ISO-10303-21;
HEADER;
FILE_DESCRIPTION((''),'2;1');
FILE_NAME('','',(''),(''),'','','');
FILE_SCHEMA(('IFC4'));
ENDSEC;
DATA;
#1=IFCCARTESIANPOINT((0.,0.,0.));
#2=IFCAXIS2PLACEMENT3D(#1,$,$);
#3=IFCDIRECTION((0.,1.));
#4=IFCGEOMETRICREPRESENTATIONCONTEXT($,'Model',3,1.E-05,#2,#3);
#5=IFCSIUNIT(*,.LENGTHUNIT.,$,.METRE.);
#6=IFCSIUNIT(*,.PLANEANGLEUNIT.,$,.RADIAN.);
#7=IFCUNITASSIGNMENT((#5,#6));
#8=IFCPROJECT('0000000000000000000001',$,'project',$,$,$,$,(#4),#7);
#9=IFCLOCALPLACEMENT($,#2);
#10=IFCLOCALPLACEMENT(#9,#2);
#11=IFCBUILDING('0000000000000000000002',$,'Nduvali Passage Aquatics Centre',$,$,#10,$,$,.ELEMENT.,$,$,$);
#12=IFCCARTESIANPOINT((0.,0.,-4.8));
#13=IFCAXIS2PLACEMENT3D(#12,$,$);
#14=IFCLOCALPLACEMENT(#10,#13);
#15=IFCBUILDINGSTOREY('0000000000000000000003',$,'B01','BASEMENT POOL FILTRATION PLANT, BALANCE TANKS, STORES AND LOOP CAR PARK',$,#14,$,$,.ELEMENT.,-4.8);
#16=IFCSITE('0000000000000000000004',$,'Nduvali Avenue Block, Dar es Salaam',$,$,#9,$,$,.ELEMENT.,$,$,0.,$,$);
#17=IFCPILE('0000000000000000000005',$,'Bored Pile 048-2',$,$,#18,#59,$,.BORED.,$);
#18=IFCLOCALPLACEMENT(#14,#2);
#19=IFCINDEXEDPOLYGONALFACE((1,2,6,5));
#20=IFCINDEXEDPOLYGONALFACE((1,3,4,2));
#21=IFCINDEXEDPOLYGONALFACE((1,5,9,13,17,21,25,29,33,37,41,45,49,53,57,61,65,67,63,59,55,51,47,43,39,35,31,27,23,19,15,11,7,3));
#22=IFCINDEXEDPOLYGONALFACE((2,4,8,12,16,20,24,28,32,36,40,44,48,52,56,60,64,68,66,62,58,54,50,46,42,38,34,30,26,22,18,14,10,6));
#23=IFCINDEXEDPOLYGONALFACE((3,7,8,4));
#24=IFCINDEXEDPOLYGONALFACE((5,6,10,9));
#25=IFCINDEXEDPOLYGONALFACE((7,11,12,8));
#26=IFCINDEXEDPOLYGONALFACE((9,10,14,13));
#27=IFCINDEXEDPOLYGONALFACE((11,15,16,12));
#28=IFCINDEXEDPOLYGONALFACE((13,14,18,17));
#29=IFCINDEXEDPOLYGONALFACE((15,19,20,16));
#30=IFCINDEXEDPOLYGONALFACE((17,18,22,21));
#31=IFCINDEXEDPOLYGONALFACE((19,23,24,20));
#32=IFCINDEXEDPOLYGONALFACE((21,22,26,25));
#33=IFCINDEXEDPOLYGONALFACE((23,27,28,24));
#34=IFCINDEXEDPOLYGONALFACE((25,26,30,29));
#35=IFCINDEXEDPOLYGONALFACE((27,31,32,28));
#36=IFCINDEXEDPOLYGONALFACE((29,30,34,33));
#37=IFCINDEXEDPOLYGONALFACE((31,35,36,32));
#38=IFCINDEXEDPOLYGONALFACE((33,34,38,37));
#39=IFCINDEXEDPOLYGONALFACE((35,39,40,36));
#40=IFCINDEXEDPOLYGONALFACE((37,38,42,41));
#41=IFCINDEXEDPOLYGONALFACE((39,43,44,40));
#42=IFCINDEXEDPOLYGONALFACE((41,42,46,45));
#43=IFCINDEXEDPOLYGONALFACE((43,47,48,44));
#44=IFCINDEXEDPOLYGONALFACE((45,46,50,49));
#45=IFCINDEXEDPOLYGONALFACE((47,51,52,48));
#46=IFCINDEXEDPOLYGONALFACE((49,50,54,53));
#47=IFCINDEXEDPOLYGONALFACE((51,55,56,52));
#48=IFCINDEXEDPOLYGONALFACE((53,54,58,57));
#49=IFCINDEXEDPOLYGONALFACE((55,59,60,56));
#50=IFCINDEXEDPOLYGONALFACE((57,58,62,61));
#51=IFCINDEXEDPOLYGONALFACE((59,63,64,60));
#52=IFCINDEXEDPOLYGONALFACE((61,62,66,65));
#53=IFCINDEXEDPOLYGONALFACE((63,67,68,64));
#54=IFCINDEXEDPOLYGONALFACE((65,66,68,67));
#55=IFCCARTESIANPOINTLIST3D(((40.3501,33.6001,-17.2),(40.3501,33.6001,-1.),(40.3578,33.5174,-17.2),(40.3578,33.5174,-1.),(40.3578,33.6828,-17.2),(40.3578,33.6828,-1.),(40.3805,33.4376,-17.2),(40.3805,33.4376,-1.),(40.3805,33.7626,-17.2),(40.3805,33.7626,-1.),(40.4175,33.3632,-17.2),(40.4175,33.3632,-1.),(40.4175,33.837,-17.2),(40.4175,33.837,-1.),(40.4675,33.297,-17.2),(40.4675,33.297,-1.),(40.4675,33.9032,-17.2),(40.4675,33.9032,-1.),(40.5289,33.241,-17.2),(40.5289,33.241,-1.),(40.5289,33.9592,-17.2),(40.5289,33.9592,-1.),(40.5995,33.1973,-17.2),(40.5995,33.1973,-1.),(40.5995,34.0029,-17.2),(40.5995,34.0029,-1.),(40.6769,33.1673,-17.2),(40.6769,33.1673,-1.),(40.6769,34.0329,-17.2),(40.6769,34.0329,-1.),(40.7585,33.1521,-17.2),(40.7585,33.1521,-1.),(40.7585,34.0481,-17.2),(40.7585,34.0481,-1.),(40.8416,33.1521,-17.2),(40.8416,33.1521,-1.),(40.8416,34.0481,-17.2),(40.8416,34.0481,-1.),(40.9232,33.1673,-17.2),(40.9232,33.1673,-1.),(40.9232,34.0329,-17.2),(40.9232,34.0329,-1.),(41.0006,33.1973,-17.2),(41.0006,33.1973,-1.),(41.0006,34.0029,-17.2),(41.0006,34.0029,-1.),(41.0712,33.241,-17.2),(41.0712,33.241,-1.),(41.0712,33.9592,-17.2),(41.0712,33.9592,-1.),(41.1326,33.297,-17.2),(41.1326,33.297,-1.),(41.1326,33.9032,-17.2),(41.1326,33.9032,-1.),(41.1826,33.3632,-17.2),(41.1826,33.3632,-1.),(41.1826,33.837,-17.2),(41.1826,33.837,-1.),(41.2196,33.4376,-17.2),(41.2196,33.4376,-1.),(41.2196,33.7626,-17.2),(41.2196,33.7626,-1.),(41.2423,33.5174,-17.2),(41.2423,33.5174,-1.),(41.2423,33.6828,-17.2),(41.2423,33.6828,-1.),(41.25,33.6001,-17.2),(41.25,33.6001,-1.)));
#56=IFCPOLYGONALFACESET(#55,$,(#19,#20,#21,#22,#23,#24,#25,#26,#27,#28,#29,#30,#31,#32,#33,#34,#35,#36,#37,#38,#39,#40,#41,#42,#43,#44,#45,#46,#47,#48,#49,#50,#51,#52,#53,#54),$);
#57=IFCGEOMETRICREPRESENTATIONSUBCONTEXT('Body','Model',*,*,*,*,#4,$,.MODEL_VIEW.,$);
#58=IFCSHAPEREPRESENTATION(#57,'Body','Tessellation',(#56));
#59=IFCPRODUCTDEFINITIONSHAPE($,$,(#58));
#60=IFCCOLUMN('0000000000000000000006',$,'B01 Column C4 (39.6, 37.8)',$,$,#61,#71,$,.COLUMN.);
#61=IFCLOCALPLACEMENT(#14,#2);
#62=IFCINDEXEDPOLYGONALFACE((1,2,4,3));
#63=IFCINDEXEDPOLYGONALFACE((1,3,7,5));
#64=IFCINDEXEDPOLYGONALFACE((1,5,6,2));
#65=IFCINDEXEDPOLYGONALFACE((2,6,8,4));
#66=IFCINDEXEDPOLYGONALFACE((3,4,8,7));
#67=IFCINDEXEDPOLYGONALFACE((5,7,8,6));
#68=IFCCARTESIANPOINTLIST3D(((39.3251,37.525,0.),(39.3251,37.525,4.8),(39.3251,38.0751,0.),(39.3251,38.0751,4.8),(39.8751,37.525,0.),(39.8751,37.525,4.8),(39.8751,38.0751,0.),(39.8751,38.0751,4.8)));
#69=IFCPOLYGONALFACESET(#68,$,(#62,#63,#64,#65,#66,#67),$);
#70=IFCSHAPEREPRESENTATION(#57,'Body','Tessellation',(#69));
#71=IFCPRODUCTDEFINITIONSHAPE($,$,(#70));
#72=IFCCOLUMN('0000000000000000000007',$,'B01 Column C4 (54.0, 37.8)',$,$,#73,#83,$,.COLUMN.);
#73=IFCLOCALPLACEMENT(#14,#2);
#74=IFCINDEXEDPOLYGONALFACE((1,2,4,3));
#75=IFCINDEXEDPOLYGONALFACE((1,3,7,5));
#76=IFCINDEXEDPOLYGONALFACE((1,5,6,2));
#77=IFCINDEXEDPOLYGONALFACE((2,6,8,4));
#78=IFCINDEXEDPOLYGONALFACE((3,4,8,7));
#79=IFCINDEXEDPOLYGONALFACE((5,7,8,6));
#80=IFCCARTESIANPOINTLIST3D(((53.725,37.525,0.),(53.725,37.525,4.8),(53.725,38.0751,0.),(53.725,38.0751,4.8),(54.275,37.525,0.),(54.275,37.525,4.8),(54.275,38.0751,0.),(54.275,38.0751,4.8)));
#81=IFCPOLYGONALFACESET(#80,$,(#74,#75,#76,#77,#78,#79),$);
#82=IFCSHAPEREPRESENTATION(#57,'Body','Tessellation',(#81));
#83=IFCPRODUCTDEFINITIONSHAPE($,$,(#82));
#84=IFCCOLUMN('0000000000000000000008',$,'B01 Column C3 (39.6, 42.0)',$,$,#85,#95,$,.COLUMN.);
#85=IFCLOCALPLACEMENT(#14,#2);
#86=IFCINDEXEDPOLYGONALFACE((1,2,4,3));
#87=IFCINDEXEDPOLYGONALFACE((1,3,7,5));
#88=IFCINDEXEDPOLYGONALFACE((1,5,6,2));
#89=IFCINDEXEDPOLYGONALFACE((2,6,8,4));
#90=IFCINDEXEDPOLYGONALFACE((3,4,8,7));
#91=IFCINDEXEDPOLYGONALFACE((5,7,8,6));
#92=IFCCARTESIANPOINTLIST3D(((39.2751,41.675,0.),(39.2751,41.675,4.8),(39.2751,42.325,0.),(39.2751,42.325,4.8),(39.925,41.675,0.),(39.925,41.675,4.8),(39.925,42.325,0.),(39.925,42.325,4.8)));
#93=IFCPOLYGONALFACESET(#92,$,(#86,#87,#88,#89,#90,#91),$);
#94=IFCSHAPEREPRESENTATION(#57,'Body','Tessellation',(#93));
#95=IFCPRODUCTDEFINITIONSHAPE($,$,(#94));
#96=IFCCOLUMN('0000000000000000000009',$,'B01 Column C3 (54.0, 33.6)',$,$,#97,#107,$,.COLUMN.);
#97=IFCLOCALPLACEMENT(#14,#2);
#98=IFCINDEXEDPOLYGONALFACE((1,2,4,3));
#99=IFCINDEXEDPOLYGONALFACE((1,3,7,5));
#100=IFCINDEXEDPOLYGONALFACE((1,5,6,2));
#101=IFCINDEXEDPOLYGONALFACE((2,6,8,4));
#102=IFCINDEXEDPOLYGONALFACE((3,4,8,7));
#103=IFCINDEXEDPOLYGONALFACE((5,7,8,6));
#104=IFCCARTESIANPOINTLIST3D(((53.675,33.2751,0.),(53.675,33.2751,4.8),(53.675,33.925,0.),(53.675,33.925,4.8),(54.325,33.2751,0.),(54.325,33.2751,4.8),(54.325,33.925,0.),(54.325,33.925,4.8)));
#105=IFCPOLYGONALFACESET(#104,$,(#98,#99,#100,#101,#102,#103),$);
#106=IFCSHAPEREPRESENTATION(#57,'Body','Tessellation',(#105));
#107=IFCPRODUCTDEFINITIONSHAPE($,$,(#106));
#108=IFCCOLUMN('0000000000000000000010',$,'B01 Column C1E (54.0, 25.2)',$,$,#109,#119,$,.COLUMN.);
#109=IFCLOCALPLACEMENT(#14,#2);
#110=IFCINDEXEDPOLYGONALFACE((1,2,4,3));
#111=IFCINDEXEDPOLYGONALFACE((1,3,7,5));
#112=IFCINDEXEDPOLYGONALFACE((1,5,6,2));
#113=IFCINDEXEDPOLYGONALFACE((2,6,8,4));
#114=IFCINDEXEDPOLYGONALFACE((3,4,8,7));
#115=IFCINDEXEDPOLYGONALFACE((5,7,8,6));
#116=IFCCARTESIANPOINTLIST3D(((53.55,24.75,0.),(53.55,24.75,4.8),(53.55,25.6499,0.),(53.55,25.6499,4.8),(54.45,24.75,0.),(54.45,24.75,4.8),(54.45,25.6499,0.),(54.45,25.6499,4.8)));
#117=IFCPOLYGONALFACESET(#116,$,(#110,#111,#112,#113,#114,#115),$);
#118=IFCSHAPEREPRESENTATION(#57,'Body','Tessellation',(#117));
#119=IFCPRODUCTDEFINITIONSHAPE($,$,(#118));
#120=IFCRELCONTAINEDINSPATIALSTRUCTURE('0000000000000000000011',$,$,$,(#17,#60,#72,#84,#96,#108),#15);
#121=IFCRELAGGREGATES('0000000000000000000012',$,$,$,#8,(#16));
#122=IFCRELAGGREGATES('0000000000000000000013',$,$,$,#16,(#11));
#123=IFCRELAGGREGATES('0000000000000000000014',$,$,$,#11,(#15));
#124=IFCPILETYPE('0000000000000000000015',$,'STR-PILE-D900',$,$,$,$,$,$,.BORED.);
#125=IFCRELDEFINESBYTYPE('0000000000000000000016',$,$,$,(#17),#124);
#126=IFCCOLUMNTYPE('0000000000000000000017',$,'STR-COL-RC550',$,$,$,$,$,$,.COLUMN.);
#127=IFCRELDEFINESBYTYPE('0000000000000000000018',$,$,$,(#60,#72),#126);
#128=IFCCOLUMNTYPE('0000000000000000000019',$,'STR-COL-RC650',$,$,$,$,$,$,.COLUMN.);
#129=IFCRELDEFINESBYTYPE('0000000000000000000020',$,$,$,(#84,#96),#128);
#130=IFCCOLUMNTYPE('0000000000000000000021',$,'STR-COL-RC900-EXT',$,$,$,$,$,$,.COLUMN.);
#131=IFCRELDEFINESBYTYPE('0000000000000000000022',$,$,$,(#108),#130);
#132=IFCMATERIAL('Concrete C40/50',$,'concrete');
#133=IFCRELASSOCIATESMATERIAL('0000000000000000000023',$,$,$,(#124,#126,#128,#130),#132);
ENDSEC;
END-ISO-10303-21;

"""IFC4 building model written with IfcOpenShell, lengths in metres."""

from ifc_helpers import new_model, si_unit, direction, frame, origin, origin_2d, place, context, subcontext, project, spatial, rectangle, circle, extrude, material, material_profile, profile_set, type_object, element, save


model = new_model("IFC4")

# Units and contexts
model_context = context("Model", 3, precision=1e-05, world=origin(), true_north=direction((0.0, 1.0)))
body_context = subcontext(model_context, "Body", "Model", "MODEL_VIEW")
ifc_project = project(units=[si_unit("LENGTHUNIT", "METRE"), si_unit("PLANEANGLEUNIT", "RADIAN")], contexts=[model_context])

# Site, building, storey
site_placement = place(None, origin())
site = spatial("IfcSite", under=ifc_project, at=site_placement, Name="Nduvali Avenue Block, Dar es Salaam", CompositionType="ELEMENT", RefElevation=0.0)
building_placement = place(site_placement, origin())
building = spatial("IfcBuilding", under=site, at=building_placement, Name="Nduvali Passage Aquatics Centre", CompositionType="ELEMENT")
storey_placement = place(building_placement, frame((0.0, 0.0, -4.8)))
storey = spatial("IfcBuildingStorey", under=building, at=storey_placement, Name="B01", Description="BASEMENT POOL FILTRATION PLANT, BALANCE TANKS, STORES AND LOOP CAR PARK", CompositionType="ELEMENT", Elevation=-4.8)

# Shared definitions
ifc_material = material(Name="Concrete C40/50", Category="concrete")

# Pile
ifc_material_profile_1 = material_profile(ifc_material, circle(Radius=0.45, at=origin_2d()), Name="PILE D900")
ifc_profile_set_1 = profile_set([ifc_material_profile_1], Name="Concrete C40/50")
pile_type_1 = type_object("IfcPileType", Name="STR-PILE-D900", PredefinedType="BORED", material=ifc_profile_set_1)
pile_placement = place(storey_placement, frame((40.8, 33.6001, -1.0), z_axis=(0.0, 0.0, -1.0), x_axis=(1.0, 0.0, 0.0)))
element("IfcPile", 1, at=pile_placement, inside=storey, type_object=pile_type_1, Name="Bored Pile 048-2", PredefinedType="BORED", context=body_context, shape_type="SweptSolid", body=[
    extrude(circle(Radius=0.45, at=origin_2d()), origin(), (0.0, 0.0, 1.0), 16.2),
])

# Columns
ifc_material_profile_2 = material_profile(ifc_material, rectangle(XDim=0.55, YDim=0.55, at=origin_2d()), Name="RC 550x550")
ifc_profile_set_2 = profile_set([ifc_material_profile_2], Name="Concrete C40/50")
column_type_1 = type_object("IfcColumnType", Name="STR-COL-RC550", PredefinedType="COLUMN", material=ifc_profile_set_2)
for number, where, z_axis, x_axis, name in (
    (2, (39.6001, 37.8, 0.0), (0.0, 0.0, 1.0), (1.0, 0.0, 0.0), "B01 Column C4 (39.6, 37.8)"),
    (3, (54.0, 37.8, 0.0), (0.0, 0.0, 1.0), (1.0, 0.0, 0.0), "B01 Column C4 (54.0, 37.8)"),
):
    element("IfcColumn", number, at=place(storey_placement, frame(where, z_axis=z_axis, x_axis=x_axis)), inside=storey, type_object=column_type_1, Name=name, PredefinedType="COLUMN", context=body_context, shape_type="SweptSolid", body=[
        extrude(rectangle(XDim=0.55, YDim=0.55, at=origin_2d()), origin(), (0.0, 0.0, 1.0), 4.8),
    ])
ifc_material_profile_3 = material_profile(ifc_material, rectangle(XDim=0.6499, YDim=0.6499, at=origin_2d()), Name="RC 650x650")
ifc_profile_set_3 = profile_set([ifc_material_profile_3], Name="Concrete C40/50")
column_type_2 = type_object("IfcColumnType", Name="STR-COL-RC650", PredefinedType="COLUMN", material=ifc_profile_set_3)
for number, where, z_axis, x_axis, name in (
    (4, (39.6001, 42.0, 0.0), (0.0, 0.0, 1.0), (1.0, 0.0, 0.0), "B01 Column C3 (39.6, 42.0)"),
    (5, (54.0, 33.6001, 0.0), (0.0, 0.0, 1.0), (1.0, 0.0, 0.0), "B01 Column C3 (54.0, 33.6)"),
):
    element("IfcColumn", number, at=place(storey_placement, frame(where, z_axis=z_axis, x_axis=x_axis)), inside=storey, type_object=column_type_2, Name=name, PredefinedType="COLUMN", context=body_context, shape_type="SweptSolid", body=[
        extrude(rectangle(XDim=0.6499, YDim=0.6499, at=origin_2d()), origin(), (0.0, 0.0, 1.0), 4.8),
    ])
ifc_material_profile_4 = material_profile(ifc_material, rectangle(XDim=0.8999, YDim=0.8999, at=origin_2d()), Name="RC 900x900")
ifc_profile_set_4 = profile_set([ifc_material_profile_4], Name="Concrete C40/50")
column_type_3 = type_object("IfcColumnType", Name="STR-COL-RC900-EXT", PredefinedType="COLUMN", material=ifc_profile_set_4)
column_placement = place(storey_placement, frame((54.0, 25.2, 0.0), z_axis=(0.0, 0.0, 1.0), x_axis=(1.0, 0.0, 0.0)))
element("IfcColumn", 6, at=column_placement, inside=storey, type_object=column_type_3, Name="B01 Column C1E (54.0, 25.2)", PredefinedType="COLUMN", context=body_context, shape_type="SweptSolid", body=[
    extrude(rectangle(XDim=0.8999, YDim=0.8999, at=origin_2d()), origin(), (0.0, 0.0, 1.0), 4.8),
])

save(model, "model.ifc")
